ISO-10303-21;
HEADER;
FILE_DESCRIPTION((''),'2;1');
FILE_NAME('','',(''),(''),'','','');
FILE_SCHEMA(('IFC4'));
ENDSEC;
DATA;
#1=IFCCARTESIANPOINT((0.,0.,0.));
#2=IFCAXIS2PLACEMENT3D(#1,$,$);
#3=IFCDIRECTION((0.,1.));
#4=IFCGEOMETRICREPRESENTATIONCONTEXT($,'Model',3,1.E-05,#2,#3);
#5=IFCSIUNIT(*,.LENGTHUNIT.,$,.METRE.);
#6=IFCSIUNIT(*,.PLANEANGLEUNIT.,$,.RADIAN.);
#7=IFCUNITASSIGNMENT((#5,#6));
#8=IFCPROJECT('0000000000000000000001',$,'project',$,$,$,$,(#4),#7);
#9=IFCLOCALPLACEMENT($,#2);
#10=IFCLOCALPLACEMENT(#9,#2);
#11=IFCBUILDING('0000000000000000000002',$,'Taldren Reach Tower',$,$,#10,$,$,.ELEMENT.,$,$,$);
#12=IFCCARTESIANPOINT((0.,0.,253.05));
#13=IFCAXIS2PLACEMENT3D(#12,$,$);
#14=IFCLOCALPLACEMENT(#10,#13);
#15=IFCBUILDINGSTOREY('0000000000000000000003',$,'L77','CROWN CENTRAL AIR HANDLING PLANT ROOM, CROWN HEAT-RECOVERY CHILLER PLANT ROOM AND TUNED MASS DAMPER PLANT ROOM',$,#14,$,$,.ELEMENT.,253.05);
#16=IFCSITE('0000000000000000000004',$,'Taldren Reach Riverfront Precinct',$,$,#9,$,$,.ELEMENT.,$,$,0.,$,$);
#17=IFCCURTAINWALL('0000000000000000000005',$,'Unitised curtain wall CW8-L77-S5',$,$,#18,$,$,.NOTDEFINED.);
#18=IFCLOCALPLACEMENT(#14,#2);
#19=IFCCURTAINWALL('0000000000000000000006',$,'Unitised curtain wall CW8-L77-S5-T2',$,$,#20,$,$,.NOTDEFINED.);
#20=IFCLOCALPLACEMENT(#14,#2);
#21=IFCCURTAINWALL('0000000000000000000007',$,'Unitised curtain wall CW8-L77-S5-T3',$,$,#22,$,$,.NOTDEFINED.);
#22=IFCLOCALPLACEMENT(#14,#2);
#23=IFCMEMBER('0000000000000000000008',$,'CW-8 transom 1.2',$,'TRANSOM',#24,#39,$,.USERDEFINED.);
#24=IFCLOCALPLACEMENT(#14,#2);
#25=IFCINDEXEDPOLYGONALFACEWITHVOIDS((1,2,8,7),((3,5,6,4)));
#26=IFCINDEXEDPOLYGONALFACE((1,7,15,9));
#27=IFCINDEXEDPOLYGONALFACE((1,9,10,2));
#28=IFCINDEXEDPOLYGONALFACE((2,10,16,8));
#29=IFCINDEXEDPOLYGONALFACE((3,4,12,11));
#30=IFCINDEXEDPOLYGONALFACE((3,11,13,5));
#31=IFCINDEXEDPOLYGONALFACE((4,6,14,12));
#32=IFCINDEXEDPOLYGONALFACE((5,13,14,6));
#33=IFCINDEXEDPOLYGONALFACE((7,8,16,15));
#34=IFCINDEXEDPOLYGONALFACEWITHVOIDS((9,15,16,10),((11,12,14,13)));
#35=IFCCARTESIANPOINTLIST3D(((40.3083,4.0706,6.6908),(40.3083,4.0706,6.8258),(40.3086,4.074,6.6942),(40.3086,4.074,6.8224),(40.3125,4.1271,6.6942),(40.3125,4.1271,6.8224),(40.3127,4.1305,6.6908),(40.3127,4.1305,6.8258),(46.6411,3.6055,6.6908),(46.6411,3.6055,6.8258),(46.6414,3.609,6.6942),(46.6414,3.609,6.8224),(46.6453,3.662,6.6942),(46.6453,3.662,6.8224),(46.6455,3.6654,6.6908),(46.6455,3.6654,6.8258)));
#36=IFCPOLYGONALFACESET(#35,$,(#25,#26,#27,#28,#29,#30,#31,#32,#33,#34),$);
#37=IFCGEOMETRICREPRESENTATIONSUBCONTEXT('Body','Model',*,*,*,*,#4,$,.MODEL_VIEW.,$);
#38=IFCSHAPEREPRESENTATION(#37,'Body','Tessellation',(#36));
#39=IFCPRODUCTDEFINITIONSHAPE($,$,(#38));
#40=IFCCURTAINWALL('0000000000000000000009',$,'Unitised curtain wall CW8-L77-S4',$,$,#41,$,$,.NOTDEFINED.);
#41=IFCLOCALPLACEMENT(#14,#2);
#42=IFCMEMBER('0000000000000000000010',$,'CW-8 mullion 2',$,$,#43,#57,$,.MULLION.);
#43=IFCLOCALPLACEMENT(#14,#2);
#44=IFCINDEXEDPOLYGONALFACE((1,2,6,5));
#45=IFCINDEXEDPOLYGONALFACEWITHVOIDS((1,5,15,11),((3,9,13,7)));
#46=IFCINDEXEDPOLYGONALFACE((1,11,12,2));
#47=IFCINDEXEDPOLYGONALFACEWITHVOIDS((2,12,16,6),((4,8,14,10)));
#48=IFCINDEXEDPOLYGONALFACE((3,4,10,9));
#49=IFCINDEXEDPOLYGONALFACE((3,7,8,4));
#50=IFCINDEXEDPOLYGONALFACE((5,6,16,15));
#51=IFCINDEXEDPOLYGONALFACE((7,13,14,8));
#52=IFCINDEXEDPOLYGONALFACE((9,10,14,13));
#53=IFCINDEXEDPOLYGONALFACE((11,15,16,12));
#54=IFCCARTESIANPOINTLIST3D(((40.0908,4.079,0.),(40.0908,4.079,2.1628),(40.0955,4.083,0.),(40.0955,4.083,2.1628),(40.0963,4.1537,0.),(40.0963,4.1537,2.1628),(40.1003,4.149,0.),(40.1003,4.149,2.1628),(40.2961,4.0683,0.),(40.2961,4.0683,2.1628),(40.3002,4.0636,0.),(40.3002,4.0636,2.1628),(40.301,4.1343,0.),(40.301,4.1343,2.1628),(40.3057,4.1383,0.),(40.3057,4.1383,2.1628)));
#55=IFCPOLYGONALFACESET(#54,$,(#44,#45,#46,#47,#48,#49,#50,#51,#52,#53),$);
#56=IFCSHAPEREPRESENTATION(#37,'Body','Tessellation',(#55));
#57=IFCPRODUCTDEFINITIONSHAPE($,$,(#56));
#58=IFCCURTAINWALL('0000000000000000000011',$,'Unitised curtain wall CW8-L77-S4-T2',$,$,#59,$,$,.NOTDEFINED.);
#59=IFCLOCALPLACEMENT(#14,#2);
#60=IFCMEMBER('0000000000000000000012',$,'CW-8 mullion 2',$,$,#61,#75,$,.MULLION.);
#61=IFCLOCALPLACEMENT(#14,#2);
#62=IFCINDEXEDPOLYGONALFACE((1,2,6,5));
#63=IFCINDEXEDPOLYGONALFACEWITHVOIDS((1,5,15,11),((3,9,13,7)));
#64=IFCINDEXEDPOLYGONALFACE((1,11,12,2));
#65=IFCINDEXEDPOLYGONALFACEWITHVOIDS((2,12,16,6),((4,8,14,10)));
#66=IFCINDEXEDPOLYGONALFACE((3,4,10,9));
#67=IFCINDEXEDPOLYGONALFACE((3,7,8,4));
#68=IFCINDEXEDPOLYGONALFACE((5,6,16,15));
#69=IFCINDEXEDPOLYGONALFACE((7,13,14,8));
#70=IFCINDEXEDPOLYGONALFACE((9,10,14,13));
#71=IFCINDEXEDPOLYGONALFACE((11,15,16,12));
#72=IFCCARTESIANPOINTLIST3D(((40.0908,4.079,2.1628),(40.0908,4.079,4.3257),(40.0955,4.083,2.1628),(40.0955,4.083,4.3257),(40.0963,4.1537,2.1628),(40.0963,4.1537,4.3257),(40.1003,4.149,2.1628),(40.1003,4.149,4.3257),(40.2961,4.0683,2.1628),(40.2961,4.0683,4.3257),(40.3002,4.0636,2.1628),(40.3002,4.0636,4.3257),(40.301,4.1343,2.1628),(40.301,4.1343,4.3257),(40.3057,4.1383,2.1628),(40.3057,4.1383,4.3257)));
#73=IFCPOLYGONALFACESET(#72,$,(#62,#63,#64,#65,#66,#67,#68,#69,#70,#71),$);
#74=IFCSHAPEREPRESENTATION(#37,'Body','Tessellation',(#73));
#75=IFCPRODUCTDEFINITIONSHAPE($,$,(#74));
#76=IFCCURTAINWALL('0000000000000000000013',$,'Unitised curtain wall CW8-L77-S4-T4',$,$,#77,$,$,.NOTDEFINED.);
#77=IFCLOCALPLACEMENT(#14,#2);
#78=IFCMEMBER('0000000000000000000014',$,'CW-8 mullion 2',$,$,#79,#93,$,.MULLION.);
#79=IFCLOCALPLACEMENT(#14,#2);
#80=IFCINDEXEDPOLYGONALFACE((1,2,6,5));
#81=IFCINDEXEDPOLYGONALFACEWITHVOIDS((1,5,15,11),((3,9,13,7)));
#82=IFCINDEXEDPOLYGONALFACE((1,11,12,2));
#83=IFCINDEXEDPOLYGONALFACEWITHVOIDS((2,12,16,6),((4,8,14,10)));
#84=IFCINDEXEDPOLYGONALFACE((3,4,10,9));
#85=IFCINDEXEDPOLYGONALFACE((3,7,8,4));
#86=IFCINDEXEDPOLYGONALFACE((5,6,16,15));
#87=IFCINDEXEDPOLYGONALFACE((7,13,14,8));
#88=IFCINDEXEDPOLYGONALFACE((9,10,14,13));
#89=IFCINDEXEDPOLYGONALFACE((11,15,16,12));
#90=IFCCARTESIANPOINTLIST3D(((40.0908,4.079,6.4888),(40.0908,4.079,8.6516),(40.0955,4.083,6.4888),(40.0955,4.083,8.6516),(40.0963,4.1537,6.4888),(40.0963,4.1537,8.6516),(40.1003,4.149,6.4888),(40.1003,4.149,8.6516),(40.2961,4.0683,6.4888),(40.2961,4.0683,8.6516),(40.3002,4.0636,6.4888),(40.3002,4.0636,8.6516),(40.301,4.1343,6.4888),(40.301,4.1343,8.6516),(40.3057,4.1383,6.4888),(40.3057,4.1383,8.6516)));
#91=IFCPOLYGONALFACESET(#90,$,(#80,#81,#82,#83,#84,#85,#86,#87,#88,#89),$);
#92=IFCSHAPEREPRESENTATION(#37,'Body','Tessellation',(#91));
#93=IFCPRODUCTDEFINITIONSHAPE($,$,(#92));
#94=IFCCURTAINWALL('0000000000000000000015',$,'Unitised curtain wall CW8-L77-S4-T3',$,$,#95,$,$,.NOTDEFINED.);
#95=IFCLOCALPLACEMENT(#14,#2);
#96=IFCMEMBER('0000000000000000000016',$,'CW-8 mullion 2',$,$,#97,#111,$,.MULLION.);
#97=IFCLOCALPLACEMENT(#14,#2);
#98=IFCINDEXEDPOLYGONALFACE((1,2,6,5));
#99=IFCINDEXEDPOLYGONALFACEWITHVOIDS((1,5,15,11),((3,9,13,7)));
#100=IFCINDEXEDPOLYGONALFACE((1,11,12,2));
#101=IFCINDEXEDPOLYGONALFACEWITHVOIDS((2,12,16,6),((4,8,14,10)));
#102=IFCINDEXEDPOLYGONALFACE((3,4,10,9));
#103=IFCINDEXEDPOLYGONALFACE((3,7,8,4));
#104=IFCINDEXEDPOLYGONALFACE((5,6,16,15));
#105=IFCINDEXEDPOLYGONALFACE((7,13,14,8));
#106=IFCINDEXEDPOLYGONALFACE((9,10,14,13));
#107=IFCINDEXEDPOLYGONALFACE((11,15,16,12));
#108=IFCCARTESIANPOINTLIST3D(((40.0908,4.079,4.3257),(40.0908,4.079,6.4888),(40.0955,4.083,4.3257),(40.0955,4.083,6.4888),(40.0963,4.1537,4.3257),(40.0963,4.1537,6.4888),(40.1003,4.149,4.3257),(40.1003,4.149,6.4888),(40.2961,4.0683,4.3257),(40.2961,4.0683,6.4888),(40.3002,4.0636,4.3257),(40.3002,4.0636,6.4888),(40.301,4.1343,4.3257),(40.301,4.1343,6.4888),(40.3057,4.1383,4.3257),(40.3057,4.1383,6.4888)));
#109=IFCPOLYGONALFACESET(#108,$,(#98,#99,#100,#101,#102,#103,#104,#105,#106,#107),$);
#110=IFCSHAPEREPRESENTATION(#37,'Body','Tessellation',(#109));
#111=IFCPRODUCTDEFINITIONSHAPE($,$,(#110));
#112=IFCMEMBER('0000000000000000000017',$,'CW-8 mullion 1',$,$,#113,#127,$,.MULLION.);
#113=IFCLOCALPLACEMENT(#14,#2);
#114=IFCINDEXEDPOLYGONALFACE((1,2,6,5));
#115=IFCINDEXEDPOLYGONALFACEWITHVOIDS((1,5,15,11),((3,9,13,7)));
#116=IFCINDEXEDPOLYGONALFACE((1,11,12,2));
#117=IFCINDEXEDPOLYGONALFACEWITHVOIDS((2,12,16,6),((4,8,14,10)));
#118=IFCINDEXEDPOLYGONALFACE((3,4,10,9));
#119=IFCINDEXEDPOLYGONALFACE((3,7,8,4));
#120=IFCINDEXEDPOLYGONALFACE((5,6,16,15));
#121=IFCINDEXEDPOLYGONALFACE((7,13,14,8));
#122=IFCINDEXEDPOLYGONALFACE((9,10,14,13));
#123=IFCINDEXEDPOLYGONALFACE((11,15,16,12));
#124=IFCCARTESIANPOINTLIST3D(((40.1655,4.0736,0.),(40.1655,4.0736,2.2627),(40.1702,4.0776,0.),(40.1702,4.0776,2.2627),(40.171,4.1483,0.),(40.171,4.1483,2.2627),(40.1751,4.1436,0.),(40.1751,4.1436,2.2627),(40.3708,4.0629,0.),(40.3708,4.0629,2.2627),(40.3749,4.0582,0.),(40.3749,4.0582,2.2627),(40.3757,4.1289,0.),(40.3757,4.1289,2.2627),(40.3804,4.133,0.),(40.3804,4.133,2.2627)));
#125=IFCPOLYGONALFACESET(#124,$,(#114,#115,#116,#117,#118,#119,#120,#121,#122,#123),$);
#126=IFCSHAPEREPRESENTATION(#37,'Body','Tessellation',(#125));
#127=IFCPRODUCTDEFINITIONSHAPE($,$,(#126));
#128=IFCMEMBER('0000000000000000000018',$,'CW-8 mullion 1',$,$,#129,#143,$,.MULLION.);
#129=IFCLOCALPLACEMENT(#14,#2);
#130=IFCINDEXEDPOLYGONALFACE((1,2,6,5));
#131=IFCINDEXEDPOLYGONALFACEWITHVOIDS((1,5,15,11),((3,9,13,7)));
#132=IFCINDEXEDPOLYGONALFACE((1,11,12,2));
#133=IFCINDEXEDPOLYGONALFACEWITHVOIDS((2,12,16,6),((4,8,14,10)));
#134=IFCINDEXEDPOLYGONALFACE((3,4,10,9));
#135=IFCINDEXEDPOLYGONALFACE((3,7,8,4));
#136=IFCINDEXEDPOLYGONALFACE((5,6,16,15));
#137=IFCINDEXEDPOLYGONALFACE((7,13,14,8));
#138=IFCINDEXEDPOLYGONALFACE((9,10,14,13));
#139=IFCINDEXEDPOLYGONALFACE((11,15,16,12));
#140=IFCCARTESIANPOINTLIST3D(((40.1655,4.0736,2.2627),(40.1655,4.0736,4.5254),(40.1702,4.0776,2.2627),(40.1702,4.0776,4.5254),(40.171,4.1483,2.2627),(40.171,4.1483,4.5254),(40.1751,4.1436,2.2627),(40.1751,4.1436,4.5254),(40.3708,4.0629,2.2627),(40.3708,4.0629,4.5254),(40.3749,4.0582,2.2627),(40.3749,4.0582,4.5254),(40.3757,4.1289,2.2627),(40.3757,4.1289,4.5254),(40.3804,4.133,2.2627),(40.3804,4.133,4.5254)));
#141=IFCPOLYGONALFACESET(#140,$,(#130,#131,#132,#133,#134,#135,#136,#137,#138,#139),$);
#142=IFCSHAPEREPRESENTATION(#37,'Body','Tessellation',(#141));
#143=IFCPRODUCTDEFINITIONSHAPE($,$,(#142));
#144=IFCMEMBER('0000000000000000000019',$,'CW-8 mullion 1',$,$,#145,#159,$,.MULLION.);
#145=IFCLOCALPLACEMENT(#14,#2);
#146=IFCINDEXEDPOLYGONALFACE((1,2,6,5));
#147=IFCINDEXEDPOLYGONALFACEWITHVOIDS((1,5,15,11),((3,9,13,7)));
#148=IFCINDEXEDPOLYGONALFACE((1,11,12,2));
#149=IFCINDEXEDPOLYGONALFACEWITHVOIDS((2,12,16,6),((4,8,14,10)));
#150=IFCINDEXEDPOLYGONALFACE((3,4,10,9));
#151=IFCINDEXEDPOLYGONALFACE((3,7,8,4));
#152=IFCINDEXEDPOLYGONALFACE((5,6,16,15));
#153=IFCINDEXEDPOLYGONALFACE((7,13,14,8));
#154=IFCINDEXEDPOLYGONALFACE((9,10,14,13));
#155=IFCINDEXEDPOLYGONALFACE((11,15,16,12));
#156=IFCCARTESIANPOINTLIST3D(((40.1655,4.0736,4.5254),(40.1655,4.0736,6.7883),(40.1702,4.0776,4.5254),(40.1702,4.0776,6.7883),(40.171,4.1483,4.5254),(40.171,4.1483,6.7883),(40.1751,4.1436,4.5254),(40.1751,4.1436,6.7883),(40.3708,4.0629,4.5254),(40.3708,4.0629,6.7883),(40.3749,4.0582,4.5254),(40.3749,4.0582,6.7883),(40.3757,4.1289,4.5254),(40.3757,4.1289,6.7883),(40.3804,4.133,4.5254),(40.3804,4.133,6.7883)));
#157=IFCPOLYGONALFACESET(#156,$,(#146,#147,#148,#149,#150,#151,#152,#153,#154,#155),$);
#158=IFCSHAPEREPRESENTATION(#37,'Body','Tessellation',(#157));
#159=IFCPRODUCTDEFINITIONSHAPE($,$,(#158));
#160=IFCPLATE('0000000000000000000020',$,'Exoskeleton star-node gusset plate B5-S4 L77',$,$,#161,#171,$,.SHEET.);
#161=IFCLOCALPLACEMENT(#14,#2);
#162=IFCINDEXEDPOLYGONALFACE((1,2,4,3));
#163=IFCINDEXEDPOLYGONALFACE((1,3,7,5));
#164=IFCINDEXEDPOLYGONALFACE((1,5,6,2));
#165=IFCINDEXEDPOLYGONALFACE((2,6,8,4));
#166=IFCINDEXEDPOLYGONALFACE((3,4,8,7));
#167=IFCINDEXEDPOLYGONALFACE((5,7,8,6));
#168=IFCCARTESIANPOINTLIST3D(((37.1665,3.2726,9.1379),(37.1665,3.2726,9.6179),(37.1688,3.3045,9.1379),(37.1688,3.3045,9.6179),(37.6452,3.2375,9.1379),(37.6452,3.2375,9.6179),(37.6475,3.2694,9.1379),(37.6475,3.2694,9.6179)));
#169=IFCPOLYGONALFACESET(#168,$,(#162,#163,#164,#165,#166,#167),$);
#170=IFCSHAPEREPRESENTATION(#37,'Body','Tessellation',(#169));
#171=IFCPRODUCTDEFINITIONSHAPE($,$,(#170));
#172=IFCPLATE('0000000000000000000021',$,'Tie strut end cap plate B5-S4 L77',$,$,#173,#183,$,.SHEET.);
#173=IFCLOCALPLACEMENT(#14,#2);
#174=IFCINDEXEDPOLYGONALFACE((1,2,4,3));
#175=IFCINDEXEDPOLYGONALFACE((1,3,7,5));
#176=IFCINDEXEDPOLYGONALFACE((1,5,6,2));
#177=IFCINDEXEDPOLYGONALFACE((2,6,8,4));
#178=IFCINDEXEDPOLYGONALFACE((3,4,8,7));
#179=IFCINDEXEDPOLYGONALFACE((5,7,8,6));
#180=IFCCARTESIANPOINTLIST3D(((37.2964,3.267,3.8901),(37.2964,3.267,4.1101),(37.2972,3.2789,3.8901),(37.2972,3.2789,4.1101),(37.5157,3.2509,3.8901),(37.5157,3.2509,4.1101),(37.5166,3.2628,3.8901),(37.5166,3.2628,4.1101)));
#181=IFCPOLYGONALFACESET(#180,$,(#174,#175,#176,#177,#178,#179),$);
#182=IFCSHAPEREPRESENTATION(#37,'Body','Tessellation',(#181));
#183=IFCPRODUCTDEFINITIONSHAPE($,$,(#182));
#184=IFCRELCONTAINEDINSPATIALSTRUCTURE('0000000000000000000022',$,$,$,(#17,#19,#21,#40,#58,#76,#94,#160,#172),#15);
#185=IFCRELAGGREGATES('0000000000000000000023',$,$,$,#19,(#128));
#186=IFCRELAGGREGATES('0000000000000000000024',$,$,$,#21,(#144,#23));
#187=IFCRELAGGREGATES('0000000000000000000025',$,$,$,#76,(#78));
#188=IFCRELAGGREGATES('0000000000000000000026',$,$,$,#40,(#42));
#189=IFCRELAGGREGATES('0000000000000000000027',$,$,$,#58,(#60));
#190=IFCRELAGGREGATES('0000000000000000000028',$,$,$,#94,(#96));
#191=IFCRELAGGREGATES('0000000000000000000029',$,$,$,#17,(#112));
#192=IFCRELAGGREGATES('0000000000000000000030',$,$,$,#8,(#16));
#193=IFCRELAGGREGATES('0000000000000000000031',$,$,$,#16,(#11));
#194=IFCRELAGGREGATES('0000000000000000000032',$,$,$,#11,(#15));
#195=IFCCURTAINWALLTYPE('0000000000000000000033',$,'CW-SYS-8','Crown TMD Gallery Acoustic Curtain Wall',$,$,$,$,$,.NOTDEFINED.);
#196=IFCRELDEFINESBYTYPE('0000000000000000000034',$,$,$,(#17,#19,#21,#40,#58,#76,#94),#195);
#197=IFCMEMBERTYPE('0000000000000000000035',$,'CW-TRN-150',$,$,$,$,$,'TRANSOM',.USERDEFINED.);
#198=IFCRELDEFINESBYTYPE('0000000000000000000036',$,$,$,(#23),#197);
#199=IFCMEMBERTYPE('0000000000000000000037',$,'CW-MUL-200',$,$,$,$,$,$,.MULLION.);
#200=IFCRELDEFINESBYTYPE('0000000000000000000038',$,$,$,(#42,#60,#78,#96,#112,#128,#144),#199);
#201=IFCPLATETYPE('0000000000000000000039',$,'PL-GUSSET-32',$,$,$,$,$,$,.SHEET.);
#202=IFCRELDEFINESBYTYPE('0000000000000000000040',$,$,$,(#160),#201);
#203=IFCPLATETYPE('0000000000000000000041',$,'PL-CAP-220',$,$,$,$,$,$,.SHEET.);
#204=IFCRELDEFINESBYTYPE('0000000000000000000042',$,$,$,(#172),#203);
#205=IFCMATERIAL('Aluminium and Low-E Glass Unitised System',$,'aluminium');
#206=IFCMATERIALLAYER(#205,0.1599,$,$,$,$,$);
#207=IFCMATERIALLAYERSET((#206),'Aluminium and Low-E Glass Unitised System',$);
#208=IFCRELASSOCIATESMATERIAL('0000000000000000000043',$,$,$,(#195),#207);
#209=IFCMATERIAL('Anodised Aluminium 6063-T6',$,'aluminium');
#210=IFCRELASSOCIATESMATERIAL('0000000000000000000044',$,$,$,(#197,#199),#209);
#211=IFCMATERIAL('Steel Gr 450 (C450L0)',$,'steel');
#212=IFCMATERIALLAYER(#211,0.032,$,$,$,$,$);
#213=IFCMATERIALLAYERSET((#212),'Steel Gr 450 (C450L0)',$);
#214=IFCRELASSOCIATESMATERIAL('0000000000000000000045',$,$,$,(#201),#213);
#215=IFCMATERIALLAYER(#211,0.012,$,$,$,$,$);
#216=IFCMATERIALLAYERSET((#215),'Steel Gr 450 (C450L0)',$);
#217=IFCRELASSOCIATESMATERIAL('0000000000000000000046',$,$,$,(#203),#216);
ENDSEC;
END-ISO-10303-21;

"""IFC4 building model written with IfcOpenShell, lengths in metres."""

from ifc_helpers import new_model, si_unit, direction, frame, origin, origin_2d, place, context, subcontext, project, spatial, rectangle, hollow_rectangle, extrude, source, transform, mapped, material, layer, layer_set, material_profile, profile_set, type_object, element, aggregate, save


model = new_model("IFC4")

# Units and contexts
model_context = context("Model", 3, precision=1e-05, world=origin(), true_north=direction((0.0, 1.0)))
body_context = subcontext(model_context, "Body", "Model", "MODEL_VIEW")
ifc_project = project(units=[si_unit("LENGTHUNIT", "METRE"), si_unit("PLANEANGLEUNIT", "RADIAN")], contexts=[model_context])

# Site, building, storey
site_placement = place(None, origin())
site = spatial("IfcSite", under=ifc_project, at=site_placement, Name="Taldren Reach Riverfront Precinct", CompositionType="ELEMENT", RefElevation=0.0)
building_placement = place(site_placement, origin())
building = spatial("IfcBuilding", under=site, at=building_placement, Name="Taldren Reach Tower", CompositionType="ELEMENT")
storey_placement = place(building_placement, frame((0.0, 0.0, 253.05)))
storey = spatial("IfcBuildingStorey", under=building, at=storey_placement, Name="L77", Description="CROWN CENTRAL AIR HANDLING PLANT ROOM, CROWN HEAT-RECOVERY CHILLER PLANT ROOM AND TUNED MASS DAMPER PLANT ROOM", CompositionType="ELEMENT", Elevation=253.05)

# Shared definitions
ifc_material_1 = material(Name="Steel Gr 450 (C450L0)", Category="steel")

# Curtain walls, member
ifc_material_2 = material(Name="Aluminium and Low-E Glass Unitised System", Category="aluminium")
ifc_layer_1 = layer(ifc_material_2, 0.1599)
ifc_layer_set_1 = layer_set([ifc_layer_1], Name="Aluminium and Low-E Glass Unitised System")
curtain_wall_type = type_object("IfcCurtainWallType", Name="CW-SYS-8", Description="Crown TMD Gallery Acoustic Curtain Wall", PredefinedType="NOTDEFINED", material=ifc_layer_set_1)
curtain_wall_1_placement = place(storey_placement, origin())
curtain_wall_1 = element("IfcCurtainWall", 1, at=curtain_wall_1_placement, inside=storey, type_object=curtain_wall_type, Name="Unitised curtain wall CW8-L77-S5", PredefinedType="NOTDEFINED")
ifc_material_3 = material(Name="Anodised Aluminium 6063-T6", Category="aluminium")
ifc_material_profile_1 = material_profile(ifc_material_3, hollow_rectangle(XDim=0.0601, YDim=0.135, WallThickness=0.0034, at=origin_2d()), Name="ALU-135x60x3.5RHS")
ifc_profile_set_1 = profile_set([ifc_material_profile_1], Name="Anodised Aluminium 6063-T6")
member_type_1 = type_object("IfcMemberType", Name="CW-TRN-150", ElementType="TRANSOM", PredefinedType="USERDEFINED", material=ifc_profile_set_1)
shared_shape_1 = source(origin(), body_context, "Body", "SweptSolid", [
    extrude(hollow_rectangle(XDim=0.0601, YDim=0.135, WallThickness=0.0034, at=origin_2d()), origin(), (0.0, 0.0, 1.0), 6.3499),
])
curtain_wall_2_placement = place(storey_placement, origin())
curtain_wall_2 = element("IfcCurtainWall", 2, at=curtain_wall_2_placement, inside=storey, type_object=curtain_wall_type, Name="Unitised curtain wall CW8-L77-S5-T2", PredefinedType="NOTDEFINED")
curtain_wall_3_placement = place(storey_placement, origin())
curtain_wall_3 = element("IfcCurtainWall", 3, at=curtain_wall_3_placement, inside=storey, type_object=curtain_wall_type, Name="Unitised curtain wall CW8-L77-S5-T3", PredefinedType="NOTDEFINED")
member_1_placement = place(storey_placement, frame((40.3105, 4.1006, 6.7583), z_axis=(0.997314, -0.073244, 0.0), x_axis=(0.073244, 0.997314, 0.0)))
member_1 = element("IfcMember", 4, at=member_1_placement, type_object=member_type_1, Name="CW-8 transom 1.2", ObjectType="TRANSOM", PredefinedType="USERDEFINED", context=body_context, shape_type="MappedRepresentation", body=[
    mapped(shared_shape_1, transform((0.0, 0.0, 0.0), scale=1.0)),
])

# Curtain walls, members
curtain_wall_4_placement = place(storey_placement, origin())
curtain_wall_4 = element("IfcCurtainWall", 5, at=curtain_wall_4_placement, inside=storey, type_object=curtain_wall_type, Name="Unitised curtain wall CW8-L77-S4", PredefinedType="NOTDEFINED")
ifc_material_profile_2 = material_profile(ifc_material_3, hollow_rectangle(XDim=0.075, YDim=0.21, WallThickness=0.0044, at=origin_2d()), Name="ALU-210x75x4.5RHS")
ifc_profile_set_2 = profile_set([ifc_material_profile_2], Name="Anodised Aluminium 6063-T6")
member_type_2 = type_object("IfcMemberType", Name="CW-MUL-200", PredefinedType="MULLION", material=ifc_profile_set_2)
shared_shape_2 = source(origin(), body_context, "Body", "SweptSolid", [
    extrude(hollow_rectangle(XDim=0.075, YDim=0.21, WallThickness=0.0044, at=origin_2d()), origin(), (0.0, 0.0, 1.0), 2.1628),
])
member_2_placement = place(storey_placement, frame((40.1982, 4.1086, 0.0), z_axis=(0.0, 0.0, 1.0), x_axis=(0.073239, 0.997314, 0.0)))
member_2 = element("IfcMember", 6, at=member_2_placement, type_object=member_type_2, Name="CW-8 mullion 2", PredefinedType="MULLION", context=body_context, shape_type="MappedRepresentation", body=[
    mapped(shared_shape_2, transform((0.0, 0.0, 0.0), scale=1.0)),
])
curtain_wall_5_placement = place(storey_placement, origin())
curtain_wall_5 = element("IfcCurtainWall", 7, at=curtain_wall_5_placement, inside=storey, type_object=curtain_wall_type, Name="Unitised curtain wall CW8-L77-S4-T2", PredefinedType="NOTDEFINED")
member_3_placement = place(storey_placement, frame((40.1982, 4.1086, 2.1628), z_axis=(0.0, 0.0, 1.0), x_axis=(0.073239, 0.997314, 0.0)))
member_3 = element("IfcMember", 8, at=member_3_placement, type_object=member_type_2, Name="CW-8 mullion 2", PredefinedType="MULLION", context=body_context, shape_type="MappedRepresentation", body=[
    mapped(shared_shape_2, transform((0.0, 0.0, 0.0), scale=1.0)),
])
curtain_wall_6_placement = place(storey_placement, origin())
curtain_wall_6 = element("IfcCurtainWall", 9, at=curtain_wall_6_placement, inside=storey, type_object=curtain_wall_type, Name="Unitised curtain wall CW8-L77-S4-T4", PredefinedType="NOTDEFINED")
member_4_placement = place(storey_placement, frame((40.1982, 4.1086, 6.4888), z_axis=(0.0, 0.0, 1.0), x_axis=(0.073239, 0.997314, 0.0)))
member_4 = element("IfcMember", 10, at=member_4_placement, type_object=member_type_2, Name="CW-8 mullion 2", PredefinedType="MULLION", context=body_context, shape_type="MappedRepresentation", body=[
    mapped(shared_shape_2, transform((0.0, 0.0, 0.0), scale=1.0)),
])
curtain_wall_7_placement = place(storey_placement, origin())
curtain_wall_7 = element("IfcCurtainWall", 11, at=curtain_wall_7_placement, inside=storey, type_object=curtain_wall_type, Name="Unitised curtain wall CW8-L77-S4-T3", PredefinedType="NOTDEFINED")
shared_shape_3 = source(origin(), body_context, "Body", "SweptSolid", [
    extrude(hollow_rectangle(XDim=0.075, YDim=0.21, WallThickness=0.0044, at=origin_2d()), origin(), (0.0, 0.0, 1.0), 2.1631),
])
member_5_placement = place(storey_placement, frame((40.1982, 4.1086, 4.3257), z_axis=(0.0, 0.0, 1.0), x_axis=(0.073239, 0.997314, 0.0)))
member_5 = element("IfcMember", 12, at=member_5_placement, type_object=member_type_2, Name="CW-8 mullion 2", PredefinedType="MULLION", context=body_context, shape_type="MappedRepresentation", body=[
    mapped(shared_shape_3, transform((0.0, 0.0, 0.0), scale=1.0)),
])

# Members
shared_shape_4 = source(origin(), body_context, "Body", "SweptSolid", [
    extrude(hollow_rectangle(XDim=0.075, YDim=0.21, WallThickness=0.0044, at=origin_2d()), origin(), (0.0, 0.0, 1.0), 2.2627),
])
member_6_placement = place(storey_placement, frame((40.2729, 4.1033, 0.0), z_axis=(0.0, 0.0, 1.0), x_axis=(0.073238, 0.997314, 0.0)))
member_6 = element("IfcMember", 13, at=member_6_placement, type_object=member_type_2, Name="CW-8 mullion 1", PredefinedType="MULLION", context=body_context, shape_type="MappedRepresentation", body=[
    mapped(shared_shape_4, transform((0.0, 0.0, 0.0), scale=1.0)),
])
member_7_placement = place(storey_placement, frame((40.2729, 4.1033, 2.2627), z_axis=(0.0, 0.0, 1.0), x_axis=(0.073238, 0.997314, 0.0)))
member_7 = element("IfcMember", 14, at=member_7_placement, type_object=member_type_2, Name="CW-8 mullion 1", PredefinedType="MULLION", context=body_context, shape_type="MappedRepresentation", body=[
    mapped(shared_shape_4, transform((0.0, 0.0, 0.0), scale=1.0)),
])
aggregate(curtain_wall_2, [member_7])
shared_shape_5 = source(origin(), body_context, "Body", "SweptSolid", [
    extrude(hollow_rectangle(XDim=0.075, YDim=0.21, WallThickness=0.0044, at=origin_2d()), origin(), (0.0, 0.0, 1.0), 2.2629),
])
member_8_placement = place(storey_placement, frame((40.2729, 4.1033, 4.5254), z_axis=(0.0, 0.0, 1.0), x_axis=(0.073238, 0.997314, 0.0)))
member_8 = element("IfcMember", 15, at=member_8_placement, type_object=member_type_2, Name="CW-8 mullion 1", PredefinedType="MULLION", context=body_context, shape_type="MappedRepresentation", body=[
    mapped(shared_shape_5, transform((0.0, 0.0, 0.0), scale=1.0)),
])
aggregate(curtain_wall_3, [member_8, member_1])

# Plates
ifc_layer_2 = layer(ifc_material_1, 0.032)
ifc_layer_set_2 = layer_set([ifc_layer_2], Name="Steel Gr 450 (C450L0)")
plate_type_1 = type_object("IfcPlateType", Name="PL-GUSSET-32", PredefinedType="SHEET", material=ifc_layer_set_2)
shared_shape_6 = source(origin(), body_context, "Body", "SweptSolid", [
    extrude(rectangle(XDim=0.48, YDim=0.032, at=origin_2d()), origin(), (0.0, 0.0, 1.0), 0.48),
])
plate_1_placement = place(storey_placement, frame((37.407, 3.271, 9.1379), z_axis=(0.0, 0.0, 1.0), x_axis=(0.997314, -0.073238, 0.0)))
element("IfcPlate", 16, at=plate_1_placement, inside=storey, type_object=plate_type_1, Name="Exoskeleton star-node gusset plate B5-S4 L77", PredefinedType="SHEET", context=body_context, shape_type="MappedRepresentation", body=[
    mapped(shared_shape_6, transform((0.0, 0.0, 0.0), scale=1.0)),
])
ifc_layer_3 = layer(ifc_material_1, 0.012)
ifc_layer_set_3 = layer_set([ifc_layer_3], Name="Steel Gr 450 (C450L0)")
plate_type_2 = type_object("IfcPlateType", Name="PL-CAP-220", PredefinedType="SHEET", material=ifc_layer_set_3)
shared_shape_7 = source(origin(), body_context, "Body", "SweptSolid", [
    extrude(rectangle(XDim=0.22, YDim=0.012, at=origin_2d()), origin(), (0.0, 0.0, 1.0), 0.22),
])
plate_2_placement = place(storey_placement, frame((37.4065, 3.2649, 3.8901), z_axis=(0.0, 0.0, 1.0), x_axis=(0.997314, -0.073238, 0.0)))
element("IfcPlate", 17, at=plate_2_placement, inside=storey, type_object=plate_type_2, Name="Tie strut end cap plate B5-S4 L77", PredefinedType="SHEET", context=body_context, shape_type="MappedRepresentation", body=[
    mapped(shared_shape_7, transform((0.0, 0.0, 0.0), scale=1.0)),
])

aggregate(curtain_wall_6, [member_4])
aggregate(curtain_wall_4, [member_2])
aggregate(curtain_wall_5, [member_3])
aggregate(curtain_wall_7, [member_5])
aggregate(curtain_wall_1, [member_6])

save(model, "model.ifc")
